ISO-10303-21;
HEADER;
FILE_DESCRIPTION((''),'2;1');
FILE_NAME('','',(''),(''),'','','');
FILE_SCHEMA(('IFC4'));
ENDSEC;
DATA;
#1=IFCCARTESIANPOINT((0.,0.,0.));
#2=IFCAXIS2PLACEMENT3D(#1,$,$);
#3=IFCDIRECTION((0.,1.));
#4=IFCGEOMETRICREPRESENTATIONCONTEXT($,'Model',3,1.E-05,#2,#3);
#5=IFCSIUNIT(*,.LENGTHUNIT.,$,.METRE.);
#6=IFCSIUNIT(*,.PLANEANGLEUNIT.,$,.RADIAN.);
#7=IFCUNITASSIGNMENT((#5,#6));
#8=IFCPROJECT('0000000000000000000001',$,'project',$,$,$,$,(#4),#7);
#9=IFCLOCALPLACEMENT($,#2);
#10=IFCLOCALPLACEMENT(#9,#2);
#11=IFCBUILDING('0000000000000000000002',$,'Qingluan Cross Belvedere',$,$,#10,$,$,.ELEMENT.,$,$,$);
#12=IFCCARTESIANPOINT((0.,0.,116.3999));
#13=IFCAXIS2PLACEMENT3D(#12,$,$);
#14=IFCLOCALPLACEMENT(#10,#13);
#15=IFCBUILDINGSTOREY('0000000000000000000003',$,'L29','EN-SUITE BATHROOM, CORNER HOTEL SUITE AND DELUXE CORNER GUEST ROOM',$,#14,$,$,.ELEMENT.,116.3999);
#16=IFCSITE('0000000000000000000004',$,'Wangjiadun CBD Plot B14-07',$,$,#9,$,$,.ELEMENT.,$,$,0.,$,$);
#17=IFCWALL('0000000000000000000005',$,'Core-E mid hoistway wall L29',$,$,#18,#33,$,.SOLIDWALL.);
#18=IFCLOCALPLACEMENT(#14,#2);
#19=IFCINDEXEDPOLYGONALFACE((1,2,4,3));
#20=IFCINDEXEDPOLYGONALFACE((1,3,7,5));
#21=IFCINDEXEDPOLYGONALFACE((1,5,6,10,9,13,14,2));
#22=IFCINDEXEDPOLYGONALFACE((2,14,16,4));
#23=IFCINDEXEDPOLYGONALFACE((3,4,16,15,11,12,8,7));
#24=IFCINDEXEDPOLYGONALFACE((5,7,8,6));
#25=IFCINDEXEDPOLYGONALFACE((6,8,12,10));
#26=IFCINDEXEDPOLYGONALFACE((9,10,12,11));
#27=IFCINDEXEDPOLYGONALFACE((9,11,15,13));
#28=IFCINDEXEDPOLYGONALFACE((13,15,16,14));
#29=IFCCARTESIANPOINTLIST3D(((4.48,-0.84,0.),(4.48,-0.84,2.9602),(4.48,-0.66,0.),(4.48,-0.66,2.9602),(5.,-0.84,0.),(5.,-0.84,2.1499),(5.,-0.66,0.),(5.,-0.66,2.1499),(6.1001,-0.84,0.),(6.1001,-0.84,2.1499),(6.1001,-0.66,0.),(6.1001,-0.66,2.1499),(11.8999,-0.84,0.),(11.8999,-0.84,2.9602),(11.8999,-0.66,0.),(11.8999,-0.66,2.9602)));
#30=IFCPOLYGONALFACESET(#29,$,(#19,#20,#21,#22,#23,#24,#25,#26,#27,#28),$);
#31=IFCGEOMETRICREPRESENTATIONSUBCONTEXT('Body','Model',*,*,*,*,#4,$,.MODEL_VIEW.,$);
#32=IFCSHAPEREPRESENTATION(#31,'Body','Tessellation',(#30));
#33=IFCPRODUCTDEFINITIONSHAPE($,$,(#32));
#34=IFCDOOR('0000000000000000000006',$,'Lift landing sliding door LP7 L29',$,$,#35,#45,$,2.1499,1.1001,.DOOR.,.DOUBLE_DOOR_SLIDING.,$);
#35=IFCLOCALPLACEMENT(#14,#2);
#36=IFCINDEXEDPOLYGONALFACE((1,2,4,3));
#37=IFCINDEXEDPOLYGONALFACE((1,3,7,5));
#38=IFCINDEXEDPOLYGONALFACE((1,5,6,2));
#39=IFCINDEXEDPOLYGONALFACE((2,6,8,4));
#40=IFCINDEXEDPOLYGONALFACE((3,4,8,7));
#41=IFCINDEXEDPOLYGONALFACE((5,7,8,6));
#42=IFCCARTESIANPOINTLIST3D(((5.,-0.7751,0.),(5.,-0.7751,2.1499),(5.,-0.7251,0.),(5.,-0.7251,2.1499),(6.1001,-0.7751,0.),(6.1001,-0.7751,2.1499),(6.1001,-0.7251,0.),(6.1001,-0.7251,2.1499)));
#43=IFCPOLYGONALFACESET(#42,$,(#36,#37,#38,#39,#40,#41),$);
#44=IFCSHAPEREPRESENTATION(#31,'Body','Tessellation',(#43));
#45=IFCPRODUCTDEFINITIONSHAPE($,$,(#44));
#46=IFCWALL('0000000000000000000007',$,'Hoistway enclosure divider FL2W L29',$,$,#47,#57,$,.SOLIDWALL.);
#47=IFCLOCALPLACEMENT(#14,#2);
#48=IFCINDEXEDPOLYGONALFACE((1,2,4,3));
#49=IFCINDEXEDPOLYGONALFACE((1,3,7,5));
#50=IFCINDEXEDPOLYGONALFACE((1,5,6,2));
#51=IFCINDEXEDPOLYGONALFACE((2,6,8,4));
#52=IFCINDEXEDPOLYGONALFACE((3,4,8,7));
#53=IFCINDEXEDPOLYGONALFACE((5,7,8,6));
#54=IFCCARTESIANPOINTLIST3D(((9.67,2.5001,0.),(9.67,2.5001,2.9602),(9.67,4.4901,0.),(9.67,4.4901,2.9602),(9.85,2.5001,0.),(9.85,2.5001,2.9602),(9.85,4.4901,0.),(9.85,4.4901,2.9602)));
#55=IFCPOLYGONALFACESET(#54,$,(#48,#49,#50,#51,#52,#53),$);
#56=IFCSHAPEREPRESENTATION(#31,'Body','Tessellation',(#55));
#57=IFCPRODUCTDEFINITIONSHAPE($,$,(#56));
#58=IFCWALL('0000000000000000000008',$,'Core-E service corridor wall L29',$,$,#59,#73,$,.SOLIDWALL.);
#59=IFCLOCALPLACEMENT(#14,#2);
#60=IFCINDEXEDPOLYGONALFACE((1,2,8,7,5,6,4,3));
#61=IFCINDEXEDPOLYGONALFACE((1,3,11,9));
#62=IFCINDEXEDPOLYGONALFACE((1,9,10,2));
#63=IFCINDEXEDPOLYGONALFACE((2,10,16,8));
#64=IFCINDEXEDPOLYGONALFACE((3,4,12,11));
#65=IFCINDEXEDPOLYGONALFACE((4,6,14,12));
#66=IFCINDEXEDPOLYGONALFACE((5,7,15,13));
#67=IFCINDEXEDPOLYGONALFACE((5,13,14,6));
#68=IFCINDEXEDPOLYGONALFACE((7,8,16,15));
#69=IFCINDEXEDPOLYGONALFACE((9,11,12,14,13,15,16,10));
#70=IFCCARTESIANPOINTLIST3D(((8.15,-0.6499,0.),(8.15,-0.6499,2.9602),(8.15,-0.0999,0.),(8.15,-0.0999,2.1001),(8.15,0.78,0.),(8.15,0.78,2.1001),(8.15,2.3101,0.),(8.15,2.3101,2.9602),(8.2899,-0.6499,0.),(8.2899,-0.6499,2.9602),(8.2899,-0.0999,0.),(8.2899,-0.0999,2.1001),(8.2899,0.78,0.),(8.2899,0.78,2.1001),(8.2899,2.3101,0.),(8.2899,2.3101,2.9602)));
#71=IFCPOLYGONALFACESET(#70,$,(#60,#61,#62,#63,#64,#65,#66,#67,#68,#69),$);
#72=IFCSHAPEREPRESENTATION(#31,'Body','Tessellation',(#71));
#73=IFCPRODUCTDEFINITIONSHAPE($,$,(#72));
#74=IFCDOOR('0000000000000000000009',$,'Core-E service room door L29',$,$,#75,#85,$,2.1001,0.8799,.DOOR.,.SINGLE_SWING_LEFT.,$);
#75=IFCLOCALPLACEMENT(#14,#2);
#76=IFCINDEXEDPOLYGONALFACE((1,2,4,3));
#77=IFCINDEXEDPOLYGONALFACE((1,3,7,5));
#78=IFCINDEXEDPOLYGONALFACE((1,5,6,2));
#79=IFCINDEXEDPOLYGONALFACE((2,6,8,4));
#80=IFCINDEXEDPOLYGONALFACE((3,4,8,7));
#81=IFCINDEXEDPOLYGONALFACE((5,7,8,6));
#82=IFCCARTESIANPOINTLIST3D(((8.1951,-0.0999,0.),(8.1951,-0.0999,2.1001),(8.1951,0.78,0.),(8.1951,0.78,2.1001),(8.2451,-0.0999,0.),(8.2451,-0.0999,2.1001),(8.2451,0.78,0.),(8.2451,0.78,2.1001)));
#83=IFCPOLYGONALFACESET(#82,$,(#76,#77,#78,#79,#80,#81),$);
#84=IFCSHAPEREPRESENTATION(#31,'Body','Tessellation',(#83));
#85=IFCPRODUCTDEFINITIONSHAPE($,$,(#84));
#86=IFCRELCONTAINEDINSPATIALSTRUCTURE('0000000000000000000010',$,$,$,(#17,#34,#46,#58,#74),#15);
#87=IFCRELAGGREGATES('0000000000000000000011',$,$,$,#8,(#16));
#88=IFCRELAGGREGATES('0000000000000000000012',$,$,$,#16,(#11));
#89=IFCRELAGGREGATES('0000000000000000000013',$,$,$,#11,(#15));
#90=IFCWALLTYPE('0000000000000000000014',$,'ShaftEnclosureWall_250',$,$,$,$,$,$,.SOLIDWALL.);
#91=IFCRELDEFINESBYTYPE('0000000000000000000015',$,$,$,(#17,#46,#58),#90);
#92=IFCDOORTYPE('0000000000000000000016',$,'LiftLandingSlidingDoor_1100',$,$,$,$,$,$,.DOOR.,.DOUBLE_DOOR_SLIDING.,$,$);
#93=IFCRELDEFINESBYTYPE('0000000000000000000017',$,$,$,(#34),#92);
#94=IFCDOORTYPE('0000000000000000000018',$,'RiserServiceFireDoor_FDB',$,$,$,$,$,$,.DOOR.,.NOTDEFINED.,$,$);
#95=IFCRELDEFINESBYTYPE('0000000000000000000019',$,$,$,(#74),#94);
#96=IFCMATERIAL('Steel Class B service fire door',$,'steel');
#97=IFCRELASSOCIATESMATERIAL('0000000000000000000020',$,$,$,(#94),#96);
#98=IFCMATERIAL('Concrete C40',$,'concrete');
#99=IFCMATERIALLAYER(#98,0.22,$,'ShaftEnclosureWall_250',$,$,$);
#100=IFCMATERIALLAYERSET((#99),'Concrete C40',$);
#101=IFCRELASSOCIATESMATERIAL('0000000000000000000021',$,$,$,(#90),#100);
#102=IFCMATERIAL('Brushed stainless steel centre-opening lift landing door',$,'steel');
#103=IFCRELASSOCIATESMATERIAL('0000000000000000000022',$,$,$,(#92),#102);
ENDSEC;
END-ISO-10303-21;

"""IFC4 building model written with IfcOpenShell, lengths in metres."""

from ifc_helpers import new_model, si_unit, direction, frame, frame_2d, origin, place, context, subcontext, project, spatial, rectangle, extrude, material, layer, layer_set, type_object, element, fill, save


model = new_model("IFC4")

# Units and contexts
model_context = context("Model", 3, precision=1e-05, world=origin(), true_north=direction((0.0, 1.0)))
body_context = subcontext(model_context, "Body", "Model", "MODEL_VIEW")
ifc_project = project(units=[si_unit("LENGTHUNIT", "METRE"), si_unit("PLANEANGLEUNIT", "RADIAN")], contexts=[model_context])

# Site, building, storey
site_placement = place(None, origin())
site = spatial("IfcSite", under=ifc_project, at=site_placement, Name="Wangjiadun CBD Plot B14-07", CompositionType="ELEMENT", RefElevation=0.0)
building_placement = place(site_placement, origin())
building = spatial("IfcBuilding", under=site, at=building_placement, Name="Qingluan Cross Belvedere", CompositionType="ELEMENT")
storey_placement = place(building_placement, frame((0.0, 0.0, 116.3999)))
storey = spatial("IfcBuildingStorey", under=building, at=storey_placement, Name="L29", Description="EN-SUITE BATHROOM, CORNER HOTEL SUITE AND DELUXE CORNER GUEST ROOM", CompositionType="ELEMENT", Elevation=116.3999)

# Shared definitions
ifc_material_1 = material(Name="Steel Class B service fire door", Category="steel")
door_type_1 = type_object("IfcDoorType", Name="RiserServiceFireDoor_FDB", OperationType="NOTDEFINED", PredefinedType="DOOR", material=ifc_material_1)

# Shared definitions
ifc_material_2 = material(Name="Concrete C40", Category="concrete")
ifc_layer_1 = layer(ifc_material_2, 0.22, Name="ShaftEnclosureWall_250")
ifc_layer_set_1 = layer_set([ifc_layer_1], Name="Concrete C40")
wall_type_1 = type_object("IfcWallType", Name="ShaftEnclosureWall_250", PredefinedType="SOLIDWALL", material=ifc_layer_set_1)
ifc_material_3 = material(Name="Brushed stainless steel centre-opening lift landing door", Category="steel")
door_type_2 = type_object("IfcDoorType", Name="LiftLandingSlidingDoor_1100", OperationType="DOUBLE_DOOR_SLIDING", PredefinedType="DOOR", material=ifc_material_3)

# Wall, opening, door
wall_1_placement = place(storey_placement, frame((4.48, -0.75, 0.0), z_axis=(0.0, 0.0, 1.0), x_axis=(1.0, 0.0, 0.0)))
wall_1 = element("IfcWall", 1, at=wall_1_placement, inside=storey, type_object=wall_type_1, Name="Core-E mid hoistway wall L29", PredefinedType="SOLIDWALL", context=body_context, shape_type="SweptSolid", body=[
    extrude(rectangle(XDim=7.4199, YDim=0.1799, at=frame_2d((3.71, 0.0))), origin(), (0.0, 0.0, 1.0), 2.9602),
])
opening_1_placement = place(wall_1_placement, frame((0.52, 0.0, 0.0)))
opening_1 = element("IfcOpeningElement", 2, at=opening_1_placement, cuts=wall_1, PredefinedType="OPENING", context=body_context, shape_type="SweptSolid", body=[
    extrude(rectangle(XDim=1.1001, YDim=2.1499, at=frame_2d((0.55, 1.075))), frame((0.0, 0.0999, 0.0), z_axis=(0.0, -1.0, 0.0), x_axis=(1.0, 0.0, 0.0)), (0.0, 0.0, 1.0), 0.2),
])
door_1_placement = place(opening_1_placement, origin())
door_1 = element("IfcDoor", 3, at=door_1_placement, inside=storey, type_object=door_type_2, Name="Lift landing sliding door LP7 L29", OperationType="DOUBLE_DOOR_SLIDING", OverallHeight=2.1499, OverallWidth=1.1001, PredefinedType="DOOR", context=body_context, shape_type="SweptSolid", body=[
    extrude(rectangle(XDim=1.1001, YDim=2.1499, at=frame_2d((0.55, 1.075))), frame((0.0, 0.0249, 0.0), z_axis=(0.0, -1.0, 0.0), x_axis=(1.0, 0.0, 0.0)), (0.0, 0.0, 1.0), 0.05),
])
fill(opening_1, door_1)

# Wall
wall_2_placement = place(storey_placement, frame((9.76, 2.5, 0.0), z_axis=(0.0, 0.0, 1.0), x_axis=(0.0, 1.0, 0.0)))
element("IfcWall", 4, at=wall_2_placement, inside=storey, type_object=wall_type_1, Name="Hoistway enclosure divider FL2W L29", PredefinedType="SOLIDWALL", context=body_context, shape_type="SweptSolid", body=[
    extrude(rectangle(XDim=1.99, YDim=0.1799, at=frame_2d((0.9951, 0.0))), origin(), (0.0, 0.0, 1.0), 2.9602),
])

# Wall, opening, door
wall_3_placement = place(storey_placement, frame((8.22, -0.6499, 0.0), z_axis=(0.0, 0.0, 1.0), x_axis=(0.0, 1.0, 0.0)))
wall_3 = element("IfcWall", 5, at=wall_3_placement, inside=storey, type_object=wall_type_1, Name="Core-E service corridor wall L29", PredefinedType="SOLIDWALL", context=body_context, shape_type="SweptSolid", body=[
    extrude(rectangle(XDim=2.96, YDim=0.1399, at=frame_2d((1.48, 0.0))), origin(), (0.0, 0.0, 1.0), 2.9602),
])
opening_2_placement = place(wall_3_placement, frame((0.55, 0.0, 0.0)))
opening_2 = element("IfcOpeningElement", 6, at=opening_2_placement, cuts=wall_3, PredefinedType="OPENING", context=body_context, shape_type="SweptSolid", body=[
    extrude(rectangle(XDim=0.8799, YDim=2.1001, at=frame_2d((0.4399, 1.05))), frame((0.0, 0.0798, 0.0), z_axis=(0.0, -1.0, 0.0), x_axis=(1.0, 0.0, 0.0)), (0.0, 0.0, 1.0), 0.1599),
])
door_2_placement = place(opening_2_placement, origin())
door_2 = element("IfcDoor", 7, at=door_2_placement, inside=storey, type_object=door_type_1, Name="Core-E service room door L29", OperationType="SINGLE_SWING_LEFT", OverallHeight=2.1001, OverallWidth=0.8799, PredefinedType="DOOR", context=body_context, shape_type="SweptSolid", body=[
    extrude(rectangle(XDim=0.8799, YDim=2.1001, at=frame_2d((0.4399, 1.05))), frame((0.0, 0.0249, 0.0), z_axis=(0.0, -1.0, 0.0), x_axis=(1.0, 0.0, 0.0)), (0.0, 0.0, 1.0), 0.05),
])
fill(opening_2, door_2)

save(model, "model.ifc")
